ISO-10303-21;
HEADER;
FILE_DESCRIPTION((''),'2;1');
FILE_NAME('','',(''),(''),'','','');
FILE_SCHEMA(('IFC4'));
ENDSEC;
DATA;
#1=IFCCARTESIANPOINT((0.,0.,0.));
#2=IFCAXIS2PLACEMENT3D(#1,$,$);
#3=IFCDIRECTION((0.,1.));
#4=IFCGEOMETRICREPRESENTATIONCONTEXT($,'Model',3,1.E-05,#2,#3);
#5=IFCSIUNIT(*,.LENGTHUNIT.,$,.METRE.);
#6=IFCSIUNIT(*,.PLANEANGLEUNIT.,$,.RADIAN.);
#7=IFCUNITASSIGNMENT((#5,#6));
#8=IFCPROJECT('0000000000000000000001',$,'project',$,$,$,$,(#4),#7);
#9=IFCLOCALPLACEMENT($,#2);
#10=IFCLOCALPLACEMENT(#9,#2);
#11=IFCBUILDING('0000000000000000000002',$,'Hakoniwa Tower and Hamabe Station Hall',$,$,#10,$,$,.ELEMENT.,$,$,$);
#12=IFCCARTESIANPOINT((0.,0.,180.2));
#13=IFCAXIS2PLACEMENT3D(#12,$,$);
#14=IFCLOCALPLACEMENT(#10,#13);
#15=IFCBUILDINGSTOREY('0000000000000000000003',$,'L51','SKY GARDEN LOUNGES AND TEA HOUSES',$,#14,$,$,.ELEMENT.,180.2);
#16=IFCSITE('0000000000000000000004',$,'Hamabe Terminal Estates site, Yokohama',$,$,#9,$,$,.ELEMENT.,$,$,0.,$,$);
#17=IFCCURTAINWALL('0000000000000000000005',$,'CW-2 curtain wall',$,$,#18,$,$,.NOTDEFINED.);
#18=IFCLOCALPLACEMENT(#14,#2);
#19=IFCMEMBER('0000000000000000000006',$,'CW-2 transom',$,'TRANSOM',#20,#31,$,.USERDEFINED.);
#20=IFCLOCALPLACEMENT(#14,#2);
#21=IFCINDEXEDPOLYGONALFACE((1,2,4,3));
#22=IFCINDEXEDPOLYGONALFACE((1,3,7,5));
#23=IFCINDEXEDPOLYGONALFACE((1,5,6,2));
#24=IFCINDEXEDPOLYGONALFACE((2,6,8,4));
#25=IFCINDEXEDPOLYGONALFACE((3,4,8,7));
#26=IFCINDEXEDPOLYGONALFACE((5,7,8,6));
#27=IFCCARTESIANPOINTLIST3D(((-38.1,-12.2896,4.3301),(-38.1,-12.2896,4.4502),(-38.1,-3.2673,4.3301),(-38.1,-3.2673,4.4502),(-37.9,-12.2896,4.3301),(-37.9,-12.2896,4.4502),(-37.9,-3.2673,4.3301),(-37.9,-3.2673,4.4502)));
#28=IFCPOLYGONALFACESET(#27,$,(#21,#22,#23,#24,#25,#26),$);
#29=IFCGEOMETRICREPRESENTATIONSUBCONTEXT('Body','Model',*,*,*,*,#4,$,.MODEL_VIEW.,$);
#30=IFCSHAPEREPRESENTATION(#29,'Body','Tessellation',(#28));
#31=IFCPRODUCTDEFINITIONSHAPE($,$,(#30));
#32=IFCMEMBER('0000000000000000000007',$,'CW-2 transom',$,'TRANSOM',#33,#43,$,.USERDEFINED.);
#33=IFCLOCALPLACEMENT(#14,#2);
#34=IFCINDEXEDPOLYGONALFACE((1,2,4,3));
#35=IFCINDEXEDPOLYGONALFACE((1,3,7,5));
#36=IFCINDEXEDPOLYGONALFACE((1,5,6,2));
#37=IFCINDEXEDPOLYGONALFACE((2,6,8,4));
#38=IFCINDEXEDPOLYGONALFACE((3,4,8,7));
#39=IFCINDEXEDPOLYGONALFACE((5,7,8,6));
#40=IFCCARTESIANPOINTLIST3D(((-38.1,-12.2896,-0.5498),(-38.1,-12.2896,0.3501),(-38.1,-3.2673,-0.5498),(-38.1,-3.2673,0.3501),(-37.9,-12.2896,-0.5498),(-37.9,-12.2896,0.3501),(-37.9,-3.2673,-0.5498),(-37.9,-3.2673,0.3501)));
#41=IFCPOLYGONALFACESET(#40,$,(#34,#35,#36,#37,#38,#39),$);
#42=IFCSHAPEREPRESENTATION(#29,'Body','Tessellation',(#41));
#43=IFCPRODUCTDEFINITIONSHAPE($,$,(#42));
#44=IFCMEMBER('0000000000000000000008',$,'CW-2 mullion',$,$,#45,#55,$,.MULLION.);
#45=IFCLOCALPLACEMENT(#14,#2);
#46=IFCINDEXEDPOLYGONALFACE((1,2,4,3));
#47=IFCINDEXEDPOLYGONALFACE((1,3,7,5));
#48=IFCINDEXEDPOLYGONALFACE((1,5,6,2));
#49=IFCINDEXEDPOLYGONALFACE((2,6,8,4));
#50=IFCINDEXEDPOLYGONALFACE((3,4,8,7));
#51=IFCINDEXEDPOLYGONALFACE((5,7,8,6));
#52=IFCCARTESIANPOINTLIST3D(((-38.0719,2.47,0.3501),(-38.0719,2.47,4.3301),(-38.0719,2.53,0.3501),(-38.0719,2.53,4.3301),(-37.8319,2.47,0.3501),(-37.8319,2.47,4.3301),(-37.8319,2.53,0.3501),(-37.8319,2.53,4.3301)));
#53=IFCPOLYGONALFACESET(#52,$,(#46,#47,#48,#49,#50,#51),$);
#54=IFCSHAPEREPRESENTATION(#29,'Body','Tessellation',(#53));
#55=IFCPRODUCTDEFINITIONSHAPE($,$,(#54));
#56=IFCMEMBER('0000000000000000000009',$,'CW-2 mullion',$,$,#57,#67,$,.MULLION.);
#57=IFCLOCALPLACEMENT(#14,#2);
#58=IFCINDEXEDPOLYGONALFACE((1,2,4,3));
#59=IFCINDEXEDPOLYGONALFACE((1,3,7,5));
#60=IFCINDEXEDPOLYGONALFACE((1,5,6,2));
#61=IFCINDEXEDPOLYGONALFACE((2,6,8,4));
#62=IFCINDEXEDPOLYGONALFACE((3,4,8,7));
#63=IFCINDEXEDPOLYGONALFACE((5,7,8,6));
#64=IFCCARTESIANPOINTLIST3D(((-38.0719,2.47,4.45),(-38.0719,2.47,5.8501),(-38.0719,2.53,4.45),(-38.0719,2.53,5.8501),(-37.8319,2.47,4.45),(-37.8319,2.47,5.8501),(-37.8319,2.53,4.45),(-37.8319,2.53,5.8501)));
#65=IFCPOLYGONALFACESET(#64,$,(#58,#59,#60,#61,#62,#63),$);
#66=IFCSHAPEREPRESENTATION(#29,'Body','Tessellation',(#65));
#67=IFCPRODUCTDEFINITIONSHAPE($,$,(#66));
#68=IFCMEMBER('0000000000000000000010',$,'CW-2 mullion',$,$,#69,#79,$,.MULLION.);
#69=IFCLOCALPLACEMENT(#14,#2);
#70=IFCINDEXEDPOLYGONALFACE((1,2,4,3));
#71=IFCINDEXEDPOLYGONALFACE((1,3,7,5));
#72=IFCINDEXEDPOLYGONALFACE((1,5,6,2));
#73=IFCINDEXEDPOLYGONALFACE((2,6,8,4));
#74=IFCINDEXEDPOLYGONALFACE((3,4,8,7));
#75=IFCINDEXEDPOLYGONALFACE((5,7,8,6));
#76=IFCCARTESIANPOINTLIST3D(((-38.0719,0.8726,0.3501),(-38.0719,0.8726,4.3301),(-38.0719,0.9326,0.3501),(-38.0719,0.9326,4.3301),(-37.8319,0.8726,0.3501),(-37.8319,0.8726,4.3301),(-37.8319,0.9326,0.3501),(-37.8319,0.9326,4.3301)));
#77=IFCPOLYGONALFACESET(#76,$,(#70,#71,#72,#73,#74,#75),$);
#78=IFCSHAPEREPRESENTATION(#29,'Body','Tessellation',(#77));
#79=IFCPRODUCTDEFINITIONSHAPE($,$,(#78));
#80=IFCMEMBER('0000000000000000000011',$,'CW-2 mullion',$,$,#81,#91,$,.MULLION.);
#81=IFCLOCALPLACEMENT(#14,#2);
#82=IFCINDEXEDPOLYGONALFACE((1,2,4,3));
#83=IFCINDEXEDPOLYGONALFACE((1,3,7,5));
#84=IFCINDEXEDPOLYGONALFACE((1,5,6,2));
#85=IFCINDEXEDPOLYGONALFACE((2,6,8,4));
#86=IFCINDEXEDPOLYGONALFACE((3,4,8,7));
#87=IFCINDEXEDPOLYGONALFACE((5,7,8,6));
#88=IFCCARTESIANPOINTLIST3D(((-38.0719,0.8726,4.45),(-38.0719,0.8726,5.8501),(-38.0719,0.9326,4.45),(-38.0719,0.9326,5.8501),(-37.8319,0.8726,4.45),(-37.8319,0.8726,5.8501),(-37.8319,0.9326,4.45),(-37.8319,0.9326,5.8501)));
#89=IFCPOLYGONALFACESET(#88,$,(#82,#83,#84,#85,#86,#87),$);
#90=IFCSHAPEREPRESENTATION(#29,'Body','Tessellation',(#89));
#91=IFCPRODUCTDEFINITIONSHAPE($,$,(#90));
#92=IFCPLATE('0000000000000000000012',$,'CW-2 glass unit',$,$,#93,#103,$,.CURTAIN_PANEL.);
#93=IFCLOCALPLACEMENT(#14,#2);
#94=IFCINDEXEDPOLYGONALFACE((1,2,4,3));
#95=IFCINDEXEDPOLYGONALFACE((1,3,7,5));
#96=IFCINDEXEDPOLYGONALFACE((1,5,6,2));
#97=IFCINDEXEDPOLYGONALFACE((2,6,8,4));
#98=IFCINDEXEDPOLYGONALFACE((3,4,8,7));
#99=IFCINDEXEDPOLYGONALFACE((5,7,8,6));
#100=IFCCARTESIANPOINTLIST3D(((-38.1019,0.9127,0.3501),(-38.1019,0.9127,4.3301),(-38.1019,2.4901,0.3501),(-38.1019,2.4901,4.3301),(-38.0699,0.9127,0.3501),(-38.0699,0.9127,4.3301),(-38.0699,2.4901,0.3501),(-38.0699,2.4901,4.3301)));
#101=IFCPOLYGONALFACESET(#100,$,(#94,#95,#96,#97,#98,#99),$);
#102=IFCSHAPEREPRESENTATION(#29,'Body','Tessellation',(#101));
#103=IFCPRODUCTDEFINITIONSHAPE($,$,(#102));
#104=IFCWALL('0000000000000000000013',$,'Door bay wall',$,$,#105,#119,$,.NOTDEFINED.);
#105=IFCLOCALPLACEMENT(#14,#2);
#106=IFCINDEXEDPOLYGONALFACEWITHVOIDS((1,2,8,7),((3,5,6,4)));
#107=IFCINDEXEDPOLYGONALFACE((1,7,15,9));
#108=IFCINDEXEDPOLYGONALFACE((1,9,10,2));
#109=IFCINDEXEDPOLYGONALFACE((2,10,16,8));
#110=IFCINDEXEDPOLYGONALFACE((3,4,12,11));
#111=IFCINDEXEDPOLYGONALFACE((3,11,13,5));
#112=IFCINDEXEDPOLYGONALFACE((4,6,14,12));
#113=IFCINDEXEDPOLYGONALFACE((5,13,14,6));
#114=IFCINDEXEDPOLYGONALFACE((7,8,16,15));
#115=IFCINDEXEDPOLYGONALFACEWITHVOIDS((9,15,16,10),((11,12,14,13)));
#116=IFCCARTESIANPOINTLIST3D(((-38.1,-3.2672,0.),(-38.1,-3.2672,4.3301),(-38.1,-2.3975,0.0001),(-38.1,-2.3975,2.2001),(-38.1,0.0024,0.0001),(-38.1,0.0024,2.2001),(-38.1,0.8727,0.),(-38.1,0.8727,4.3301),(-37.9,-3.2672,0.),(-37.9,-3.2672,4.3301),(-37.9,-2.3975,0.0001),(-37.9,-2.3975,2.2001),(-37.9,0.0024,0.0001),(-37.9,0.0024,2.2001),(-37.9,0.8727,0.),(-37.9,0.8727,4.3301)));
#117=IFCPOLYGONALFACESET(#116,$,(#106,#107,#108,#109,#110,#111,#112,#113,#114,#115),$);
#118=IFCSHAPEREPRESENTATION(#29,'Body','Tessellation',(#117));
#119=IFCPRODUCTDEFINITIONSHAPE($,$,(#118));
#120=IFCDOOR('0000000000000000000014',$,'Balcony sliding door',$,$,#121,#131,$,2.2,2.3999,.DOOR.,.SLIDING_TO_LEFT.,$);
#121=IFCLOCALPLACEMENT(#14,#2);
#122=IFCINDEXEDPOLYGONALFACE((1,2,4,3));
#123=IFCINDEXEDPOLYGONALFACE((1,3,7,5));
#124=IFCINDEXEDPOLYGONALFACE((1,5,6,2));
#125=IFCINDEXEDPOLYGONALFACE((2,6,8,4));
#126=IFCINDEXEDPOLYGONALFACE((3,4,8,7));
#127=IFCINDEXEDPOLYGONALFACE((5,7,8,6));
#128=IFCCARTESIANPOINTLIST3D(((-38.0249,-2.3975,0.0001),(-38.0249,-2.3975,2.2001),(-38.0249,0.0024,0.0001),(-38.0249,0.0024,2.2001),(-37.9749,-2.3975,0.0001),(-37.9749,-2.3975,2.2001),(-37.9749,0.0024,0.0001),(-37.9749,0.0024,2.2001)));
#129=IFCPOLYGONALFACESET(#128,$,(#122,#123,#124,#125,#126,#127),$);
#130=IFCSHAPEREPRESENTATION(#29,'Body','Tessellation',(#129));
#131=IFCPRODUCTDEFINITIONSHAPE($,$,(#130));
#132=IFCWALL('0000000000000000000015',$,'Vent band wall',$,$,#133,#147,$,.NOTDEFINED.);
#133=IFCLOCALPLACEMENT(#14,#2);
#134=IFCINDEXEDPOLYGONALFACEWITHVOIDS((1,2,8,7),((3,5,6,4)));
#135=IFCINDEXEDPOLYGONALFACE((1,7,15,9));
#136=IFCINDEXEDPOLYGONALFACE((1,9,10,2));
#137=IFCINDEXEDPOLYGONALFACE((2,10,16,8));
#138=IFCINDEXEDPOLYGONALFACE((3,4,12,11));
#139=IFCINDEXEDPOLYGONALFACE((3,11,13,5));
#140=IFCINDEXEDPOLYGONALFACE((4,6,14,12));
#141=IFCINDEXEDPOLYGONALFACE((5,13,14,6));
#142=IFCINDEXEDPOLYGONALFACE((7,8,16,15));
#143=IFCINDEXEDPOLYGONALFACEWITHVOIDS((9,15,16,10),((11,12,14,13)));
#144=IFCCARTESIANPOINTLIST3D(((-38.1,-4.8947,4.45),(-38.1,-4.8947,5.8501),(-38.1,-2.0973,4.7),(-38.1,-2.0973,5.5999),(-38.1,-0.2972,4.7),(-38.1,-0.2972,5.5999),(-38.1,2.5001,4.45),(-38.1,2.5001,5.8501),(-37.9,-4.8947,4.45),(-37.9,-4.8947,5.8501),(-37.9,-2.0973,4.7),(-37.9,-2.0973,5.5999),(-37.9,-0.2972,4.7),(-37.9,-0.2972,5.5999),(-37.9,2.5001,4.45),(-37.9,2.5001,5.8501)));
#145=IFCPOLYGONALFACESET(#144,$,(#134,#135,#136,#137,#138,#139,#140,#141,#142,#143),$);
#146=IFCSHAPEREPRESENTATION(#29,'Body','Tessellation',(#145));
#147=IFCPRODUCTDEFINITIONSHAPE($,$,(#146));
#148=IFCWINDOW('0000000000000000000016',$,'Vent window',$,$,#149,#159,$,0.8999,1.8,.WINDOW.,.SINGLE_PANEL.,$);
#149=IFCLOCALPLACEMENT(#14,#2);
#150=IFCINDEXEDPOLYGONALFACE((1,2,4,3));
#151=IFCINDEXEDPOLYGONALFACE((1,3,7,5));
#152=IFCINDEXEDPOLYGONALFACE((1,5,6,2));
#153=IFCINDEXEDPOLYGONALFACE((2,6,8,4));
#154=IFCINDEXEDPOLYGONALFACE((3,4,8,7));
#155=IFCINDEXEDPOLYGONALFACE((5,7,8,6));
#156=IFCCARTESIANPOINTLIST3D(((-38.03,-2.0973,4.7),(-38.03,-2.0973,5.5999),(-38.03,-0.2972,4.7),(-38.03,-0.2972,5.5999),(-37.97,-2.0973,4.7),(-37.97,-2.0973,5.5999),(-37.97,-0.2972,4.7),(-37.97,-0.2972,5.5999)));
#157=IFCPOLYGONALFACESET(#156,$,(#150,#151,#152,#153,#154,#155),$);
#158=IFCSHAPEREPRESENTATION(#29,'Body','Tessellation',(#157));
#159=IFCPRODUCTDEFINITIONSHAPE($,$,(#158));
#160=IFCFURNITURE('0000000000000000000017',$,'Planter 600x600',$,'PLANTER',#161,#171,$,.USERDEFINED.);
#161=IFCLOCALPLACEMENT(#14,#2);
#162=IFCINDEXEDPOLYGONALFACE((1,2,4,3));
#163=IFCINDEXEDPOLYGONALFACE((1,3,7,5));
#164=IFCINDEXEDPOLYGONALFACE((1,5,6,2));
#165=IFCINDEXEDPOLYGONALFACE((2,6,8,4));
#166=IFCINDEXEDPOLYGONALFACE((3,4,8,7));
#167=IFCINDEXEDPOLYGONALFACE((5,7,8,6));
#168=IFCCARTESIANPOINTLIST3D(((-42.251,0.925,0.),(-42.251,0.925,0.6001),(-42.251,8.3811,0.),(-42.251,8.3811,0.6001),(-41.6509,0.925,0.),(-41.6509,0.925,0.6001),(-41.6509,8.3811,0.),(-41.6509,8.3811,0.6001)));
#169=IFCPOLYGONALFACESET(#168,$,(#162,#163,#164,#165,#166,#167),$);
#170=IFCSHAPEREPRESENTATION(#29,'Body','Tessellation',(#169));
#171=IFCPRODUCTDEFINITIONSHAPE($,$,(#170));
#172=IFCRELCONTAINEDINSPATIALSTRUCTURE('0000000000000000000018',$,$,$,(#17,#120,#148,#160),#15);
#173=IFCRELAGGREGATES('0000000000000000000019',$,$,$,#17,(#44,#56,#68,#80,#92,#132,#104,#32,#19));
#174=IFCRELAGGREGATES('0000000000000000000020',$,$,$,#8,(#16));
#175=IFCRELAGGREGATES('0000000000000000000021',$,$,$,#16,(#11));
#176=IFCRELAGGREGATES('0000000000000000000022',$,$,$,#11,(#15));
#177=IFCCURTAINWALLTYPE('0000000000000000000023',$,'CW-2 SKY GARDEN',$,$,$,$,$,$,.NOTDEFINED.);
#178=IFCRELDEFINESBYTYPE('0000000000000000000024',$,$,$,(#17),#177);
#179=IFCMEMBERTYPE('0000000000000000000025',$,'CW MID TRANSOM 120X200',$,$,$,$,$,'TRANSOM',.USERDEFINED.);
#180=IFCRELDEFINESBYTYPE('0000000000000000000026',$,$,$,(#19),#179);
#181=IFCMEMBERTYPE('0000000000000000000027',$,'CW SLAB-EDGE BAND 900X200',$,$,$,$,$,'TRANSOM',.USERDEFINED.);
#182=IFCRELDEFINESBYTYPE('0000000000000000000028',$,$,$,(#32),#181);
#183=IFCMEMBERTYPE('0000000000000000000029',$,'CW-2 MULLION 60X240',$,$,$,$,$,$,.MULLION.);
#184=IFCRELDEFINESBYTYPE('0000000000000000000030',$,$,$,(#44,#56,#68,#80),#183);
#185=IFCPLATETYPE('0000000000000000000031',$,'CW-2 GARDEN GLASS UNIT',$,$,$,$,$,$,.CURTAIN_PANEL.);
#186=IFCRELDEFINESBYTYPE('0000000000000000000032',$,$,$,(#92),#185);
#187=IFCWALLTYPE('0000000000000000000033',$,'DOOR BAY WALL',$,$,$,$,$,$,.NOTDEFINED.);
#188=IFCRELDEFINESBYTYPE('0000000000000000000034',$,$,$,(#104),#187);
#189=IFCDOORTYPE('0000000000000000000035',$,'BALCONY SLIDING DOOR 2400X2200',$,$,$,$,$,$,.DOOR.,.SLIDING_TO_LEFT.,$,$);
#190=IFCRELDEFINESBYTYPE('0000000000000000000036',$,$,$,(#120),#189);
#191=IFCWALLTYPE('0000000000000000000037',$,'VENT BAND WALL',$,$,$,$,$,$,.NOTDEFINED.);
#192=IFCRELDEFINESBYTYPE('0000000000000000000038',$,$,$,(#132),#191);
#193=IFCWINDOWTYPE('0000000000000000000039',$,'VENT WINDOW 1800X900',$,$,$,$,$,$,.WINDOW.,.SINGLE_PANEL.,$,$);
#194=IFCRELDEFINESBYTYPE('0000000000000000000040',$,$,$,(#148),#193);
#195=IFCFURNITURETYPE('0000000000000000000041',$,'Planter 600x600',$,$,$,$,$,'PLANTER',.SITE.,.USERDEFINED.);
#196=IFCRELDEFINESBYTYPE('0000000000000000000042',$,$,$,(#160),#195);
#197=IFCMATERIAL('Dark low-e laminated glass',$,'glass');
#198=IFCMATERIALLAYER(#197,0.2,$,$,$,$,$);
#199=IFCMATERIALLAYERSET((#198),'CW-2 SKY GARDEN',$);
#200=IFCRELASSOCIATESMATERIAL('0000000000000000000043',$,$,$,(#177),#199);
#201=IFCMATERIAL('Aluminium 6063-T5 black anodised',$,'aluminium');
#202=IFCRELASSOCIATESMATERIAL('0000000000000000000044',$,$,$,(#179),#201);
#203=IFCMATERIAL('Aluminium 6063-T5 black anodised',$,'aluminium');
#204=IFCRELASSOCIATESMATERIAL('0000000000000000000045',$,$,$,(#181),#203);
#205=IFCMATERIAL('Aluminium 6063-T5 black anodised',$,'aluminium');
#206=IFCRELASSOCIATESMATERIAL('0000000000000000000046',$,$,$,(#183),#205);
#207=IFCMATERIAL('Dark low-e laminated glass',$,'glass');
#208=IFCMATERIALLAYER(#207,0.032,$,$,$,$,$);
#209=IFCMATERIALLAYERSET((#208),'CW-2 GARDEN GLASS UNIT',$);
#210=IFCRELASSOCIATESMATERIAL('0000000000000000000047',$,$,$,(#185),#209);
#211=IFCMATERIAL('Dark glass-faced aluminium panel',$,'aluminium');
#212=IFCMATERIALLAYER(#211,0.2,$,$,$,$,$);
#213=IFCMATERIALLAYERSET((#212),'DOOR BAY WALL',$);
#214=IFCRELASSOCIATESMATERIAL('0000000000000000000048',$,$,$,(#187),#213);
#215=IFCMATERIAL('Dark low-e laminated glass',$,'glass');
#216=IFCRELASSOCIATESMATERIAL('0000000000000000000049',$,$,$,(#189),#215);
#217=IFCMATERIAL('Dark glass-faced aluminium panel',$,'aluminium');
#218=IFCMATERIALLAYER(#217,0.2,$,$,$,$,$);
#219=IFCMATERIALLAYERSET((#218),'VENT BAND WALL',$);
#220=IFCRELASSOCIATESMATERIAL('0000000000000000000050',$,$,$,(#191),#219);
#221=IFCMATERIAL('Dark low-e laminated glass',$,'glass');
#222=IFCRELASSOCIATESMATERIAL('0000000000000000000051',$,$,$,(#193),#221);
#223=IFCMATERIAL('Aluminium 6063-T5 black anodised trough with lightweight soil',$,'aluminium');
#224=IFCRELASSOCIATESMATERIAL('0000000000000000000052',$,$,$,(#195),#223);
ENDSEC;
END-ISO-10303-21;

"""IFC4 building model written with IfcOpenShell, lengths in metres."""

from ifc_helpers import new_model, si_unit, direction, frame, frame_2d, origin, origin_2d, place, context, subcontext, project, spatial, rectangle, extrude, material, layer, layer_set, material_profile, profile_set, type_object, element, fill, aggregate, save


model = new_model("IFC4")

# Units and contexts
model_context = context("Model", 3, precision=1e-05, world=origin(), true_north=direction((0.0, 1.0)))
body_context = subcontext(model_context, "Body", "Model", "MODEL_VIEW")
ifc_project = project(units=[si_unit("LENGTHUNIT", "METRE"), si_unit("PLANEANGLEUNIT", "RADIAN")], contexts=[model_context])

# Site, building, storey
site_placement = place(None, origin())
site = spatial("IfcSite", under=ifc_project, at=site_placement, Name="Hamabe Terminal Estates site, Yokohama", CompositionType="ELEMENT", RefElevation=0.0)
building_placement = place(site_placement, origin())
building = spatial("IfcBuilding", under=site, at=building_placement, Name="Hakoniwa Tower and Hamabe Station Hall", CompositionType="ELEMENT")
storey_placement = place(building_placement, frame((0.0, 0.0, 180.2)))
storey = spatial("IfcBuildingStorey", under=building, at=storey_placement, Name="L51", Description="SKY GARDEN LOUNGES AND TEA HOUSES", CompositionType="ELEMENT", Elevation=180.2)

# Curtain wall, members, plate, walls, openings, door, window
ifc_material_1 = material(Name="Dark low-e laminated glass", Category="glass")
ifc_layer_1 = layer(ifc_material_1, 0.2)
ifc_layer_set_1 = layer_set([ifc_layer_1], Name="CW-2 SKY GARDEN")
curtain_wall_type = type_object("IfcCurtainWallType", Name="CW-2 SKY GARDEN", PredefinedType="NOTDEFINED", material=ifc_layer_set_1)
curtain_wall_placement = place(storey_placement, origin())
curtain_wall = element("IfcCurtainWall", 1, at=curtain_wall_placement, inside=storey, type_object=curtain_wall_type, Name="CW-2 curtain wall", PredefinedType="NOTDEFINED")
ifc_material_2 = material(Name="Aluminium 6063-T5 black anodised", Category="aluminium")
ifc_material_profile_1 = material_profile(ifc_material_2, rectangle(XDim=0.2, YDim=0.1201, at=origin_2d()), Name="CW MID TRANSOM 120X200")
ifc_profile_set_1 = profile_set([ifc_material_profile_1], Name="Aluminium 6063-T5 black anodised")
member_type_1 = type_object("IfcMemberType", Name="CW MID TRANSOM 120X200", ElementType="TRANSOM", PredefinedType="USERDEFINED", material=ifc_profile_set_1)
member_1_placement = place(storey_placement, frame((-38.0, -3.2673, 4.3901), z_axis=(0.0, -1.0, 0.0), x_axis=(1.0, 0.0, 0.0)))
member_1 = element("IfcMember", 2, at=member_1_placement, type_object=member_type_1, Name="CW-2 transom", ObjectType="TRANSOM", PredefinedType="USERDEFINED", context=body_context, shape_type="SweptSolid", body=[
    extrude(rectangle(XDim=0.2, YDim=0.1201, at=origin_2d()), origin(), (0.0, 0.0, 1.0), 9.0222),
])
ifc_material_3 = material(Name="Aluminium 6063-T5 black anodised", Category="aluminium")
ifc_material_profile_2 = material_profile(ifc_material_3, rectangle(XDim=0.2, YDim=0.8999, at=origin_2d()), Name="CW SLAB-EDGE BAND 900X200")
ifc_profile_set_2 = profile_set([ifc_material_profile_2], Name="Aluminium 6063-T5 black anodised")
member_type_2 = type_object("IfcMemberType", Name="CW SLAB-EDGE BAND 900X200", ElementType="TRANSOM", PredefinedType="USERDEFINED", material=ifc_profile_set_2)
member_2_placement = place(storey_placement, frame((-38.0, -3.2673, -0.0999), z_axis=(0.0, -1.0, 0.0), x_axis=(1.0, 0.0, 0.0)))
member_2 = element("IfcMember", 3, at=member_2_placement, type_object=member_type_2, Name="CW-2 transom", ObjectType="TRANSOM", PredefinedType="USERDEFINED", context=body_context, shape_type="SweptSolid", body=[
    extrude(rectangle(XDim=0.2, YDim=0.8999, at=origin_2d()), origin(), (0.0, 0.0, 1.0), 9.0222),
])
ifc_material_4 = material(Name="Aluminium 6063-T5 black anodised", Category="aluminium")
ifc_material_profile_3 = material_profile(ifc_material_4, rectangle(XDim=0.0601, YDim=0.24, at=origin_2d()), Name="CW-2 MULLION 60X240")
ifc_profile_set_3 = profile_set([ifc_material_profile_3], Name="Aluminium 6063-T5 black anodised")
member_type_3 = type_object("IfcMemberType", Name="CW-2 MULLION 60X240", PredefinedType="MULLION", material=ifc_profile_set_3)
member_3_placement = place(storey_placement, frame((-37.9519, 2.5, 0.3501), z_axis=(0.0, 0.0, 1.0), x_axis=(0.0, -1.0, 0.0)))
member_3 = element("IfcMember", 4, at=member_3_placement, type_object=member_type_3, Name="CW-2 mullion", PredefinedType="MULLION", context=body_context, shape_type="SweptSolid", body=[
    extrude(rectangle(XDim=0.0601, YDim=0.24, at=origin_2d()), origin(), (0.0, 0.0, 1.0), 3.98),
])
member_4_placement = place(storey_placement, frame((-37.9519, 2.5, 4.45), z_axis=(0.0, 0.0, 1.0), x_axis=(0.0, -1.0, 0.0)))
member_4 = element("IfcMember", 5, at=member_4_placement, type_object=member_type_3, Name="CW-2 mullion", PredefinedType="MULLION", context=body_context, shape_type="SweptSolid", body=[
    extrude(rectangle(XDim=0.0601, YDim=0.24, at=origin_2d()), origin(), (0.0, 0.0, 1.0), 1.4001),
])
member_5_placement = place(storey_placement, frame((-37.9519, 0.9026, 0.3501), z_axis=(0.0, 0.0, 1.0), x_axis=(0.0, -1.0, 0.0)))
member_5 = element("IfcMember", 6, at=member_5_placement, type_object=member_type_3, Name="CW-2 mullion", PredefinedType="MULLION", context=body_context, shape_type="SweptSolid", body=[
    extrude(rectangle(XDim=0.0601, YDim=0.24, at=origin_2d()), origin(), (0.0, 0.0, 1.0), 3.98),
])
member_6_placement = place(storey_placement, frame((-37.9519, 0.9026, 4.45), z_axis=(0.0, 0.0, 1.0), x_axis=(0.0, -1.0, 0.0)))
member_6 = element("IfcMember", 7, at=member_6_placement, type_object=member_type_3, Name="CW-2 mullion", PredefinedType="MULLION", context=body_context, shape_type="SweptSolid", body=[
    extrude(rectangle(XDim=0.0601, YDim=0.24, at=origin_2d()), origin(), (0.0, 0.0, 1.0), 1.4001),
])
ifc_material_5 = material(Name="Dark low-e laminated glass", Category="glass")
ifc_layer_2 = layer(ifc_material_5, 0.032)
ifc_layer_set_2 = layer_set([ifc_layer_2], Name="CW-2 GARDEN GLASS UNIT")
plate_type = type_object("IfcPlateType", Name="CW-2 GARDEN GLASS UNIT", PredefinedType="CURTAIN_PANEL", material=ifc_layer_set_2)
plate_placement = place(storey_placement, frame((-38.0859, 1.7014, 0.3501), z_axis=(0.0, 0.0, 1.0), x_axis=(0.0, -1.0, 0.0)))
plate = element("IfcPlate", 8, at=plate_placement, type_object=plate_type, Name="CW-2 glass unit", PredefinedType="CURTAIN_PANEL", context=body_context, shape_type="SweptSolid", body=[
    extrude(rectangle(XDim=1.5774, YDim=0.032, at=origin_2d()), origin(), (0.0, 0.0, 1.0), 3.98),
])
ifc_material_6 = material(Name="Dark glass-faced aluminium panel", Category="aluminium")
ifc_layer_3 = layer(ifc_material_6, 0.2)
ifc_layer_set_3 = layer_set([ifc_layer_3], Name="DOOR BAY WALL")
wall_type_1 = type_object("IfcWallType", Name="DOOR BAY WALL", PredefinedType="NOTDEFINED", material=ifc_layer_set_3)
wall_1_placement = place(storey_placement, frame((-38.0, 0.8726, 0.0), z_axis=(0.0, 0.0, 1.0), x_axis=(0.0, -1.0, 0.0)))
wall_1 = element("IfcWall", 9, at=wall_1_placement, type_object=wall_type_1, Name="Door bay wall", PredefinedType="NOTDEFINED", context=body_context, shape_type="SweptSolid", body=[
    extrude(rectangle(XDim=4.1399, YDim=0.2, at=frame_2d((2.0698, 0.0))), origin(), (0.0, 0.0, 1.0), 4.3301),
])
opening_1_placement = place(wall_1_placement, frame((0.8701, 0.0, 0.0)))
opening_1 = element("IfcOpeningElement", 10, at=opening_1_placement, cuts=wall_1, PredefinedType="OPENING", context=body_context, shape_type="SweptSolid", body=[
    extrude(rectangle(XDim=2.3999, YDim=2.2, at=frame_2d((1.2, 1.1001))), frame((0.0, 0.1099, 0.0), z_axis=(0.0, -1.0, 0.0), x_axis=(1.0, 0.0, 0.0)), (0.0, 0.0, 1.0), 0.22),
])
ifc_material_7 = material(Name="Dark low-e laminated glass", Category="glass")
door_type = type_object("IfcDoorType", Name="BALCONY SLIDING DOOR 2400X2200", OperationType="SLIDING_TO_LEFT", PredefinedType="DOOR", material=ifc_material_7)
door_placement = place(opening_1_placement, frame((2.3999, 0.0, 0.0), z_axis=(0.0, 0.0, 1.0), x_axis=(-1.0, 0.0, 0.0)))
door = element("IfcDoor", 11, at=door_placement, inside=storey, type_object=door_type, Name="Balcony sliding door", OperationType="SLIDING_TO_LEFT", OverallHeight=2.2, OverallWidth=2.3999, PredefinedType="DOOR", context=body_context, shape_type="SweptSolid", body=[
    extrude(rectangle(XDim=2.3999, YDim=2.2, at=frame_2d((1.2, 1.1001))), frame((0.0, 0.0249, 0.0), z_axis=(0.0, -1.0, 0.0), x_axis=(1.0, 0.0, 0.0)), (0.0, 0.0, 1.0), 0.05),
])
fill(opening_1, door)
ifc_material_8 = material(Name="Dark glass-faced aluminium panel", Category="aluminium")
ifc_layer_4 = layer(ifc_material_8, 0.2)
ifc_layer_set_4 = layer_set([ifc_layer_4], Name="VENT BAND WALL")
wall_type_2 = type_object("IfcWallType", Name="VENT BAND WALL", PredefinedType="NOTDEFINED", material=ifc_layer_set_4)
wall_2_placement = place(storey_placement, frame((-38.0, 2.5, 4.45), z_axis=(0.0, 0.0, 1.0), x_axis=(0.0, -1.0, 0.0)))
wall_2 = element("IfcWall", 12, at=wall_2_placement, type_object=wall_type_2, Name="Vent band wall", PredefinedType="NOTDEFINED", context=body_context, shape_type="SweptSolid", body=[
    extrude(rectangle(XDim=7.3948, YDim=0.2, at=frame_2d((3.6973, 0.0))), origin(), (0.0, 0.0, 1.0), 1.4001),
])
opening_2_placement = place(wall_2_placement, frame((2.7974, 0.0, 0.25)))
opening_2 = element("IfcOpeningElement", 13, at=opening_2_placement, cuts=wall_2, PredefinedType="OPENING", context=body_context, shape_type="SweptSolid", body=[
    extrude(rectangle(XDim=1.8, YDim=0.8999, at=frame_2d((0.8999, 0.45))), frame((0.0, 0.1099, 0.0), z_axis=(0.0, -1.0, 0.0), x_axis=(1.0, 0.0, 0.0)), (0.0, 0.0, 1.0), 0.22),
])
ifc_material_9 = material(Name="Dark low-e laminated glass", Category="glass")
window_type = type_object("IfcWindowType", Name="VENT WINDOW 1800X900", PartitioningType="SINGLE_PANEL", PredefinedType="WINDOW", material=ifc_material_9)
window_placement = place(opening_2_placement, origin())
window = element("IfcWindow", 14, at=window_placement, inside=storey, type_object=window_type, Name="Vent window", OverallHeight=0.8999, OverallWidth=1.8, PartitioningType="SINGLE_PANEL", PredefinedType="WINDOW", context=body_context, shape_type="SweptSolid", body=[
    extrude(rectangle(XDim=1.8, YDim=0.8999, at=frame_2d((0.8999, 0.45))), frame((0.0, 0.03, 0.0), z_axis=(0.0, -1.0, 0.0), x_axis=(1.0, 0.0, 0.0)), (0.0, 0.0, 1.0), 0.0601),
])
fill(opening_2, window)
aggregate(curtain_wall, [member_3, member_4, member_5, member_6, plate, wall_2, wall_1, member_2, member_1])

# Furniture
ifc_material_10 = material(Name="Aluminium 6063-T5 black anodised trough with lightweight soil", Category="aluminium")
furniture_type = type_object("IfcFurnitureType", Name="Planter 600x600", ElementType="PLANTER", AssemblyPlace="SITE", PredefinedType="USERDEFINED", material=ifc_material_10)
furniture_placement = place(storey_placement, frame((-41.9509, 4.6531, 0.0), z_axis=(0.0, 0.0, 1.0), x_axis=(0.0, -1.0, 0.0)))
element("IfcFurniture", 15, at=furniture_placement, inside=storey, type_object=furniture_type, Name="Planter 600x600", ObjectType="PLANTER", PredefinedType="USERDEFINED", context=body_context, shape_type="SweptSolid", body=[
    extrude(rectangle(XDim=7.4561, YDim=0.6001, at=origin_2d()), origin(), (0.0, 0.0, 1.0), 0.6001),
])

save(model, "model.ifc")
